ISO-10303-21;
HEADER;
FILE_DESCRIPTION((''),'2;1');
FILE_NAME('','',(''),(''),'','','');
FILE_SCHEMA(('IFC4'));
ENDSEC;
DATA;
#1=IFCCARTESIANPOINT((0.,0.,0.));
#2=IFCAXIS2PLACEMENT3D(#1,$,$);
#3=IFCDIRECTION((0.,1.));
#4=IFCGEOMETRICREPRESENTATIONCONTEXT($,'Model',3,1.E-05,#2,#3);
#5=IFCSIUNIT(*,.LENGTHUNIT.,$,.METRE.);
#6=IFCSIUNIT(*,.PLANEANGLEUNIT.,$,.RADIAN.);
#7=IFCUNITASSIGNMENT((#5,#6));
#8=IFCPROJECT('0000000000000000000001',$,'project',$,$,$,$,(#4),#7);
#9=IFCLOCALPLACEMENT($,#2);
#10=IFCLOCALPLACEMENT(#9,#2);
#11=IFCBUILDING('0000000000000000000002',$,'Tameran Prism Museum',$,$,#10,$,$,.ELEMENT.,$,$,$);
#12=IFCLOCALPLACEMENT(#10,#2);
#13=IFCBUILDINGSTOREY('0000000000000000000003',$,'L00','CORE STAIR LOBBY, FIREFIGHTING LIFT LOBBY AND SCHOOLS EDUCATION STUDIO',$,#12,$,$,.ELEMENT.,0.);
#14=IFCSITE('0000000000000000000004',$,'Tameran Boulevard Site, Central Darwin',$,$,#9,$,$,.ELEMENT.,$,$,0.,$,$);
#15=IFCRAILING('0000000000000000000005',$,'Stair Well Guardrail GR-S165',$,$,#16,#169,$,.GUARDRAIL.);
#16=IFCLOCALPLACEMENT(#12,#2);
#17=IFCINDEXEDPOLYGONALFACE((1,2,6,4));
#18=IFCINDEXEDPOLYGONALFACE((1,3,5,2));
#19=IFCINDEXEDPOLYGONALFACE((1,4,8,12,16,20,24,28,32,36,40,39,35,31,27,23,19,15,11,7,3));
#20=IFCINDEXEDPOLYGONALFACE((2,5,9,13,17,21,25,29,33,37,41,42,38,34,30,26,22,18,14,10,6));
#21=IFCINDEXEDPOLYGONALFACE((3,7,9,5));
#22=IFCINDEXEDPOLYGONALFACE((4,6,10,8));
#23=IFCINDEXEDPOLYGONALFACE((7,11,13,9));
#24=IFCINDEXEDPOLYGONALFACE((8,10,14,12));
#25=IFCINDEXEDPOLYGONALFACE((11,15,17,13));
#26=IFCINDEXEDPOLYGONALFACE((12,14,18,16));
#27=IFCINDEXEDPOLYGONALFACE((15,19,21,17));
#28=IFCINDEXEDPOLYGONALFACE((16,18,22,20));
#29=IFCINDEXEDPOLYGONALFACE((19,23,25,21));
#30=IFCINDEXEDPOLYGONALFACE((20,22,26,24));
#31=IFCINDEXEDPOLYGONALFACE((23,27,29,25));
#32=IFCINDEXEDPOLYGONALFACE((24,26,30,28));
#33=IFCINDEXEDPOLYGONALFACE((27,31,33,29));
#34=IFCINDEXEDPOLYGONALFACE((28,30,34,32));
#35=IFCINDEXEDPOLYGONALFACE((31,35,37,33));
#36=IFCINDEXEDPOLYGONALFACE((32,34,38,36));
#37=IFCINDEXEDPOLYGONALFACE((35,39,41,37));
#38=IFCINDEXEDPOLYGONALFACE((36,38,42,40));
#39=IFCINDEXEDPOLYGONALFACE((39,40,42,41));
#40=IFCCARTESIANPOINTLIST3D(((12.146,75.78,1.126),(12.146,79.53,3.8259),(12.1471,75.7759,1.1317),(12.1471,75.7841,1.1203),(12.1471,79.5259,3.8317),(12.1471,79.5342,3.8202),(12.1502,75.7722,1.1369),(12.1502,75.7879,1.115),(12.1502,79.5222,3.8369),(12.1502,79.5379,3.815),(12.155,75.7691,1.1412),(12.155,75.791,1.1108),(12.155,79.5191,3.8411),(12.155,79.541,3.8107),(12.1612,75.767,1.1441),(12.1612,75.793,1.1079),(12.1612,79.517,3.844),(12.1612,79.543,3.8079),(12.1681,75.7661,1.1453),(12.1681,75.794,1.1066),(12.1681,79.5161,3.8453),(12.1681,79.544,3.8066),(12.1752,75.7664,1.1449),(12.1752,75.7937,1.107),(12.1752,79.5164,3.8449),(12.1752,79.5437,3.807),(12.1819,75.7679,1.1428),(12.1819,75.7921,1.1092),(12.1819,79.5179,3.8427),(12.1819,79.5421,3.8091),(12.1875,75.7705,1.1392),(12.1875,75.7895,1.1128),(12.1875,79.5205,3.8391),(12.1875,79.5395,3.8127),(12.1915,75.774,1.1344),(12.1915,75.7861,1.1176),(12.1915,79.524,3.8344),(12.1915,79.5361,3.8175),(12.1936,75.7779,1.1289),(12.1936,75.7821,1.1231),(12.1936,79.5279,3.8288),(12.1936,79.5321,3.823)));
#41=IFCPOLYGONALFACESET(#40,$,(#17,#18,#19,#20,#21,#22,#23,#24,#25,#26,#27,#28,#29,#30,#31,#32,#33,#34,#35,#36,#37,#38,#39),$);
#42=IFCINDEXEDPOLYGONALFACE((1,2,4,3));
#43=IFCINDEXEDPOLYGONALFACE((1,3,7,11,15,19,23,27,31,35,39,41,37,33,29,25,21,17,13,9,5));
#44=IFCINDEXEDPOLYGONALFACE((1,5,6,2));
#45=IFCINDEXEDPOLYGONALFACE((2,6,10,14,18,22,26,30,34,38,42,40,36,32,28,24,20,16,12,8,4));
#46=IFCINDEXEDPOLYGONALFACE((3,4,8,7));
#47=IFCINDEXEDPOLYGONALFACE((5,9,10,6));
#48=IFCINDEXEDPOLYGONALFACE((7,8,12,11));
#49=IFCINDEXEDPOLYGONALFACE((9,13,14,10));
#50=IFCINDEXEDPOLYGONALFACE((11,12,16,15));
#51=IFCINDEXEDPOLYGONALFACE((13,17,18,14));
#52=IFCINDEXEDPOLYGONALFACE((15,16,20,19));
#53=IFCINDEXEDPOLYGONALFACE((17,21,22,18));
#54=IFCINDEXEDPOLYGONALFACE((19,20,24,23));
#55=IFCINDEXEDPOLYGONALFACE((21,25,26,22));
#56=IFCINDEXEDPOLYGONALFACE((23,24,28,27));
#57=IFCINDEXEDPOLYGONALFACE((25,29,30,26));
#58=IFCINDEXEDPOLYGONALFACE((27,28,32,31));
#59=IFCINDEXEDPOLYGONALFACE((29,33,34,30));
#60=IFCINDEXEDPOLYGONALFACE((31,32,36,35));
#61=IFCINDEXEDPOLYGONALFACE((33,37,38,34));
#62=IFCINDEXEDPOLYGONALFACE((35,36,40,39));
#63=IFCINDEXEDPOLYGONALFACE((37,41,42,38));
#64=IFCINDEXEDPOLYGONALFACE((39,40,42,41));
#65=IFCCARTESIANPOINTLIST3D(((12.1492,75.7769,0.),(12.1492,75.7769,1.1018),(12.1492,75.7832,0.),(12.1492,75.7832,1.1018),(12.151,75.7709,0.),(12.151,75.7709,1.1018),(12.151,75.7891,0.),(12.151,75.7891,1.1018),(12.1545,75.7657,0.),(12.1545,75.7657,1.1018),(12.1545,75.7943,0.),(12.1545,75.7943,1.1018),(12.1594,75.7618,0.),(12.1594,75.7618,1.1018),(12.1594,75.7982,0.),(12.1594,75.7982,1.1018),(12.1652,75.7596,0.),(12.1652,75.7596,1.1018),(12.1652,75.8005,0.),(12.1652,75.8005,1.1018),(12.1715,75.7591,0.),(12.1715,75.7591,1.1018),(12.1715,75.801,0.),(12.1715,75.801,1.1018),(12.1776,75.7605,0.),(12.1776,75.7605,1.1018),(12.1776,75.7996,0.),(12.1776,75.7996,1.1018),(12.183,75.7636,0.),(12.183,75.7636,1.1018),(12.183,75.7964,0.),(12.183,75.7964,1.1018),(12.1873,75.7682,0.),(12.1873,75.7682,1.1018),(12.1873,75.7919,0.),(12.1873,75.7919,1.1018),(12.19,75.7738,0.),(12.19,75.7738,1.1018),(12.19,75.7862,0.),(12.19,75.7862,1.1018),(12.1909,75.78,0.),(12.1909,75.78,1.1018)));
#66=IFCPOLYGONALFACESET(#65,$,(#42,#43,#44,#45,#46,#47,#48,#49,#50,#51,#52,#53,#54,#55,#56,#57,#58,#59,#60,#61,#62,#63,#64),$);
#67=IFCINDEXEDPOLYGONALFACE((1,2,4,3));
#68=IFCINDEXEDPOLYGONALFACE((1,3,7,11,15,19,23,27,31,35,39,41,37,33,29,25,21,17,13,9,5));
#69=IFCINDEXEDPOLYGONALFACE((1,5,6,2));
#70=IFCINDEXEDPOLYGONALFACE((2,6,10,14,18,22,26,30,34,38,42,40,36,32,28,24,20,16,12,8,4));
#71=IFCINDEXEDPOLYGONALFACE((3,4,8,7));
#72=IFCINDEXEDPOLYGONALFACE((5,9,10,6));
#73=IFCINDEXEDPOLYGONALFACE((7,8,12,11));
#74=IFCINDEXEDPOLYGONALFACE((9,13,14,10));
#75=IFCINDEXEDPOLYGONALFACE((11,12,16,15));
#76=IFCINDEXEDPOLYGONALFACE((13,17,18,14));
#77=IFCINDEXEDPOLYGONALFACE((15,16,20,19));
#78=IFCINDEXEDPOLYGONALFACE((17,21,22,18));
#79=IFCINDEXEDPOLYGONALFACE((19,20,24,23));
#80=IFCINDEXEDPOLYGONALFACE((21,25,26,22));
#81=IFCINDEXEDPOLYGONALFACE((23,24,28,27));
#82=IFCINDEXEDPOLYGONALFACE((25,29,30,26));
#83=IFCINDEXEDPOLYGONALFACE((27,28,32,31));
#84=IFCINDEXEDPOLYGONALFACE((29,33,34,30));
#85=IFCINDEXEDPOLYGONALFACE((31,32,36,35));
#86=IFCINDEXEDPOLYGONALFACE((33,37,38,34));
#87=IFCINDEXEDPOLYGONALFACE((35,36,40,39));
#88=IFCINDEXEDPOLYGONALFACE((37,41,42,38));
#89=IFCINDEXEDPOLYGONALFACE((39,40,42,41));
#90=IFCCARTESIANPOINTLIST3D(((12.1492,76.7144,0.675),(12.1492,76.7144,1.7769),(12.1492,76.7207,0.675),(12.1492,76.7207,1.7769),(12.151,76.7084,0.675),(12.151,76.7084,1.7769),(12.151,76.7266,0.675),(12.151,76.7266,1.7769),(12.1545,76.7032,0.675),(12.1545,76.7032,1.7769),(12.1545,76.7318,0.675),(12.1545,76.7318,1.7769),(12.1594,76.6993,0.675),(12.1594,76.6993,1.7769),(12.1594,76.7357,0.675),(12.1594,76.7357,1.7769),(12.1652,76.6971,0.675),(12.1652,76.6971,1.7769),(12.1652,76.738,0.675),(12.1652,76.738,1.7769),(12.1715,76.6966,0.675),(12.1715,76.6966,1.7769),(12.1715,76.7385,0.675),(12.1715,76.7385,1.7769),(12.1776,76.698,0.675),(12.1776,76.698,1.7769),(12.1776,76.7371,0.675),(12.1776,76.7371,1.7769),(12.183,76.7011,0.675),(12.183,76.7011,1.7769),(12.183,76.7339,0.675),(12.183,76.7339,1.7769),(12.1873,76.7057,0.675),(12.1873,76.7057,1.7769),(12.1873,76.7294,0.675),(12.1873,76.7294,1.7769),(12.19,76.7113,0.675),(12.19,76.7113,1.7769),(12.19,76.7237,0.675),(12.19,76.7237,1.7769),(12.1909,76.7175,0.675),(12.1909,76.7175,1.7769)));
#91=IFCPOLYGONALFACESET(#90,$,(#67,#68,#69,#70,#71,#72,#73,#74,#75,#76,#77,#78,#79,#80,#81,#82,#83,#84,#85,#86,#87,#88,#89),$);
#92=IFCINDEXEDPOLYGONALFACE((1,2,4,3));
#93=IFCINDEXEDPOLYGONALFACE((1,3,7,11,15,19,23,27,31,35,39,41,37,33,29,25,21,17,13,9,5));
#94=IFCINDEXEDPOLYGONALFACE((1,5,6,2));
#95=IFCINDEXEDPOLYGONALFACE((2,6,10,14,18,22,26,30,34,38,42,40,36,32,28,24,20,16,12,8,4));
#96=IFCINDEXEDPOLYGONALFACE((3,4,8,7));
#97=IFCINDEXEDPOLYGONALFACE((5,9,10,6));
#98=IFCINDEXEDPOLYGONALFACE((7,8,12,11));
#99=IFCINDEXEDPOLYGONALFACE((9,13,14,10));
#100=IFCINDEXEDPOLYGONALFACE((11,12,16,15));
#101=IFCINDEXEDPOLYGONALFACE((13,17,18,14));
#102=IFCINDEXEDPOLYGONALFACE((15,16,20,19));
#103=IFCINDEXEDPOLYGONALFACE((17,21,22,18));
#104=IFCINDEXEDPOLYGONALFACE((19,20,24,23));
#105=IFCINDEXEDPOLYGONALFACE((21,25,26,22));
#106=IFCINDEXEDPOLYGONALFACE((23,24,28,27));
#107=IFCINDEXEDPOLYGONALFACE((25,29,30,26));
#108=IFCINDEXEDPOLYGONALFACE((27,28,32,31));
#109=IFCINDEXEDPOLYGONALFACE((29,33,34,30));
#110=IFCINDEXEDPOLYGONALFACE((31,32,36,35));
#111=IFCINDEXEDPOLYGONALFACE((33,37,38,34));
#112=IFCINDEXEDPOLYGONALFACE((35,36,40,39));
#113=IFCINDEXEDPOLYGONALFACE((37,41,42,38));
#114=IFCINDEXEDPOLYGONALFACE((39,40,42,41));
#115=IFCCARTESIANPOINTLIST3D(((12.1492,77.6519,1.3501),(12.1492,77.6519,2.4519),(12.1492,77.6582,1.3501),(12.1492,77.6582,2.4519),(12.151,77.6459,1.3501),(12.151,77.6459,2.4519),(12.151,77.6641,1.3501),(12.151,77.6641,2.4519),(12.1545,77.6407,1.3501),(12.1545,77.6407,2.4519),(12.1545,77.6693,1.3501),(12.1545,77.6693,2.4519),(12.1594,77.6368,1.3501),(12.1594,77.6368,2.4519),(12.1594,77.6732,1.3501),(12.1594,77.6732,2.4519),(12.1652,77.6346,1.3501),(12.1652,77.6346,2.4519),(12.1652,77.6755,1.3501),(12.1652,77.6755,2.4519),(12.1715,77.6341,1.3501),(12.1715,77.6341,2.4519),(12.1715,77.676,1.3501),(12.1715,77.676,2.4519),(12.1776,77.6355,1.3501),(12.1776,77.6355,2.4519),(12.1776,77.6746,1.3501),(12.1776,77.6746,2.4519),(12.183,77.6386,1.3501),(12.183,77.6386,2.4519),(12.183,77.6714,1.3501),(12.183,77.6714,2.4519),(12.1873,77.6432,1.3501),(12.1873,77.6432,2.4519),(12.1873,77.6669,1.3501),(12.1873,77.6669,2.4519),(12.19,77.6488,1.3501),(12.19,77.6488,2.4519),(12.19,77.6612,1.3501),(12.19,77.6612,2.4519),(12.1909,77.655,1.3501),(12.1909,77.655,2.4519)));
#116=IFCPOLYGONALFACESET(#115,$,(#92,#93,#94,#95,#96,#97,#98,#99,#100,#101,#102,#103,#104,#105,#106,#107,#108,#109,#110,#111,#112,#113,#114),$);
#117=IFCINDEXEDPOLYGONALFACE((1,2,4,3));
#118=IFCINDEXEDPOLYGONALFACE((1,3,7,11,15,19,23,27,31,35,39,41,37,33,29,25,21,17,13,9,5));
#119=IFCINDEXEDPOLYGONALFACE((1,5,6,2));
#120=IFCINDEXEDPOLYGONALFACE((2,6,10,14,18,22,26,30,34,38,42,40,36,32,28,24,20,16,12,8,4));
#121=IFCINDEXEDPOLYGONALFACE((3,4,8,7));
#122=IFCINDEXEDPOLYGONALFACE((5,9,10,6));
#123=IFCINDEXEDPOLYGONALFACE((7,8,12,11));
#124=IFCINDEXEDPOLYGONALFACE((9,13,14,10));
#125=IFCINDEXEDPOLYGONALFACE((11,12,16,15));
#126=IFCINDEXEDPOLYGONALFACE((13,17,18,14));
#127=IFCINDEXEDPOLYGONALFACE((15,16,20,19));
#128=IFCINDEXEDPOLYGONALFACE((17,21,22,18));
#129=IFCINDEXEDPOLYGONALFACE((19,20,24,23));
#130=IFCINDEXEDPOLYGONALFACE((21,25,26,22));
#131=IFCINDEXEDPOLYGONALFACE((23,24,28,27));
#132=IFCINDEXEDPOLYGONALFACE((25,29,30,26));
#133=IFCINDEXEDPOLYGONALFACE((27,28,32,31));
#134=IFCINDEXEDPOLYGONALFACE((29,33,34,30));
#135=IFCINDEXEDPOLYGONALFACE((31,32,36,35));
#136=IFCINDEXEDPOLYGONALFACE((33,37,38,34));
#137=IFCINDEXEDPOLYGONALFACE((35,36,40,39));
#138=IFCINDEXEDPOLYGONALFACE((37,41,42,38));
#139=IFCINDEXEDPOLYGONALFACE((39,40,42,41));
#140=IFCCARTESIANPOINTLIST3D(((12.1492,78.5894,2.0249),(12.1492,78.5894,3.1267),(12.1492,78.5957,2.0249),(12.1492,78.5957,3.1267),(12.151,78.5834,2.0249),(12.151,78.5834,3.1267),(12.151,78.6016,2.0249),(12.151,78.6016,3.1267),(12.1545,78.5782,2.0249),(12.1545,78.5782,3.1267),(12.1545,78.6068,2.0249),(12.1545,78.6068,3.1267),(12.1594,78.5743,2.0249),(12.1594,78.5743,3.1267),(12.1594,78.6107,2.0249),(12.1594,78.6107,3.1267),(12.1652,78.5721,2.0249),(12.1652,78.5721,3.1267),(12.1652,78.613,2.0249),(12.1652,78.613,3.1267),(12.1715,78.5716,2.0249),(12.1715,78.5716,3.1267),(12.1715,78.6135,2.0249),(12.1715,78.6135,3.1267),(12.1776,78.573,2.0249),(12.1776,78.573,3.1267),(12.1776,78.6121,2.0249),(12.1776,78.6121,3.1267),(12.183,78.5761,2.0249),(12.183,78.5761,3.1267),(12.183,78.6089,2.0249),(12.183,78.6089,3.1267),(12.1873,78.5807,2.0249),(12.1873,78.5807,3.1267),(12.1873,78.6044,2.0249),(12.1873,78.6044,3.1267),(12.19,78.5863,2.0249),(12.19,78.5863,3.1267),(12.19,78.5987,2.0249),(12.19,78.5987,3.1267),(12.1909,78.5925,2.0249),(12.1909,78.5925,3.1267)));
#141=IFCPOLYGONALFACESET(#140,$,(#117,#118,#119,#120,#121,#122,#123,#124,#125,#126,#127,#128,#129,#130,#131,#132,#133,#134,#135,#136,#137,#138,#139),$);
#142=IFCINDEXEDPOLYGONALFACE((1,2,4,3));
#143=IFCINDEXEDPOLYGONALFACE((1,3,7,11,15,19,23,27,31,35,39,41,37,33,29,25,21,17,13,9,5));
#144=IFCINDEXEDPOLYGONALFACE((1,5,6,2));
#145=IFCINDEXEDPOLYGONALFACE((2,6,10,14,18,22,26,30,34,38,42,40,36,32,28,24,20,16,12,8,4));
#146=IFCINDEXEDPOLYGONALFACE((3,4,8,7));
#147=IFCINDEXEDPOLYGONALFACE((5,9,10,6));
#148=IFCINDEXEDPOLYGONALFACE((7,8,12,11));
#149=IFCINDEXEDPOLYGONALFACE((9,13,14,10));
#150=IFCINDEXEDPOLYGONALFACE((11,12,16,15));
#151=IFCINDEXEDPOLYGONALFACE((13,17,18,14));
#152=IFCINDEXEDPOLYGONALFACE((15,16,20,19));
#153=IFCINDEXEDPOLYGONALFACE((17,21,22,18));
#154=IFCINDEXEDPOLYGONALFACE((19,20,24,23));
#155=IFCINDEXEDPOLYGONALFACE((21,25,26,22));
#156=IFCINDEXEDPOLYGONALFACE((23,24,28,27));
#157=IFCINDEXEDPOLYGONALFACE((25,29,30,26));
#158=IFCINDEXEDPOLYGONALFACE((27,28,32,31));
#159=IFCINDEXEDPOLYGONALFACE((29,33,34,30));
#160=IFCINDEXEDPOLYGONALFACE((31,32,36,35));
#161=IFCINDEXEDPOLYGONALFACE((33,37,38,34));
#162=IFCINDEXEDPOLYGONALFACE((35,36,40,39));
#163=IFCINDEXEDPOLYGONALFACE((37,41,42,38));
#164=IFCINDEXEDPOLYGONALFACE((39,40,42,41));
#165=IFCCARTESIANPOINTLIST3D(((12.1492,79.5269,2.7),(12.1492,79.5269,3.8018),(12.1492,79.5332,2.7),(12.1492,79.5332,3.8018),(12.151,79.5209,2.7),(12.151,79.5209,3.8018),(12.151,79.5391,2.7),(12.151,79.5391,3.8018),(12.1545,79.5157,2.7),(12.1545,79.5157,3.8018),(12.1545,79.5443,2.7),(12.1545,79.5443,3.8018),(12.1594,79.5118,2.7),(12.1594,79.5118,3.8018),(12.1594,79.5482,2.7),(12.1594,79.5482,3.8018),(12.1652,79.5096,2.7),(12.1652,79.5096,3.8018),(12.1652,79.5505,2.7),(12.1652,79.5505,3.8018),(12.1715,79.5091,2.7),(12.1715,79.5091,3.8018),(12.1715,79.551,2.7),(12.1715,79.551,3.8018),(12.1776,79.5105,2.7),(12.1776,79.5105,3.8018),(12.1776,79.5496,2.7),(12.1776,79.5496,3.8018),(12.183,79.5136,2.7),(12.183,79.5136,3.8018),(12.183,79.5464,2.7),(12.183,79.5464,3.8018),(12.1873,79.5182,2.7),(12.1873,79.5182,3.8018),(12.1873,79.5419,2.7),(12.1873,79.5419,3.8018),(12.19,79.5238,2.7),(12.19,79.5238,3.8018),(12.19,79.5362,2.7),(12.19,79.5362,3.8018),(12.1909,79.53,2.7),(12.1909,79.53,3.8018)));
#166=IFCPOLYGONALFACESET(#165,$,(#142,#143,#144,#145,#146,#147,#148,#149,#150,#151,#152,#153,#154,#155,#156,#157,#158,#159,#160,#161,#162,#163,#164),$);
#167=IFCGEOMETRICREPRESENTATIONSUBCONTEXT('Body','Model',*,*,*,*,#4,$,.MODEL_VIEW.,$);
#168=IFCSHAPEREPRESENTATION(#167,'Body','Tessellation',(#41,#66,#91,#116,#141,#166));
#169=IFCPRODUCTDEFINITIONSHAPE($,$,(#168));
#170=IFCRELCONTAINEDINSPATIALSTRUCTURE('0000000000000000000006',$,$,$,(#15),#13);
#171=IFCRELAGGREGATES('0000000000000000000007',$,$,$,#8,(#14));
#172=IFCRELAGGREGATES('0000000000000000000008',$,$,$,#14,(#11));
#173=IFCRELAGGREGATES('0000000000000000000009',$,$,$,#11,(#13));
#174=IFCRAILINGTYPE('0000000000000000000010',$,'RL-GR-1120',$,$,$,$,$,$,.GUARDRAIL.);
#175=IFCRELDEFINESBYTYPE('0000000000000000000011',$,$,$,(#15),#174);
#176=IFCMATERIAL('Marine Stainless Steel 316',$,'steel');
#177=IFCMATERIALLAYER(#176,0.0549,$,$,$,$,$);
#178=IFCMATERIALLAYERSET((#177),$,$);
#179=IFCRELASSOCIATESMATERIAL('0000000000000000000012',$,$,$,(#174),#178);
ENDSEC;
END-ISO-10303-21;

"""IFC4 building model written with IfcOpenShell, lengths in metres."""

from ifc_helpers import new_model, si_unit, direction, frame, origin, origin_2d, place, context, subcontext, project, spatial, circle, extrude, material, layer, layer_set, type_object, element, save


model = new_model("IFC4")

# Units and contexts
model_context = context("Model", 3, precision=1e-05, world=origin(), true_north=direction((0.0, 1.0)))
body_context = subcontext(model_context, "Body", "Model", "MODEL_VIEW")
ifc_project = project(units=[si_unit("LENGTHUNIT", "METRE"), si_unit("PLANEANGLEUNIT", "RADIAN")], contexts=[model_context])

# Site, building, storey
site_placement = place(None, origin())
site = spatial("IfcSite", under=ifc_project, at=site_placement, Name="Tameran Boulevard Site, Central Darwin", CompositionType="ELEMENT", RefElevation=0.0)
building_placement = place(site_placement, origin())
building = spatial("IfcBuilding", under=site, at=building_placement, Name="Tameran Prism Museum", CompositionType="ELEMENT")
storey_placement = place(building_placement, origin())
storey = spatial("IfcBuildingStorey", under=building, at=storey_placement, Name="L00", Description="CORE STAIR LOBBY, FIREFIGHTING LIFT LOBBY AND SCHOOLS EDUCATION STUDIO", CompositionType="ELEMENT", Elevation=0.0)

# Railing
ifc_material_1 = material(Name="Marine Stainless Steel 316", Category="steel")
ifc_layer_1 = layer(ifc_material_1, 0.0549)
ifc_layer_set_1 = layer_set([ifc_layer_1])
railing_type_1 = type_object("IfcRailingType", Name="RL-GR-1120", PredefinedType="GUARDRAIL", material=ifc_layer_set_1)
railing_1_placement = place(storey_placement, frame((12.1699, 75.78, 0.0)))
element("IfcRailing", 1, at=railing_1_placement, inside=storey, type_object=railing_type_1, Name="Stair Well Guardrail GR-S165", PredefinedType="GUARDRAIL", context=body_context, shape_type="SweptSolid", body=[
    extrude(circle(Radius=0.0239, at=origin_2d()), frame((0.0, 0.0, 1.126), z_axis=(0.0, 0.811539, 0.584298), x_axis=(-1.0, 0.0, 0.0)), (0.0, 0.0, 1.0), 4.6208),
    extrude(circle(Radius=0.021, at=origin_2d()), origin(), (0.0, 0.0, 1.0), 1.1018),
    extrude(circle(Radius=0.021, at=origin_2d()), frame((0.0, 0.9375, 0.675)), (0.0, 0.0, 1.0), 1.1018),
    extrude(circle(Radius=0.021, at=origin_2d()), frame((0.0, 1.875, 1.3501)), (0.0, 0.0, 1.0), 1.1018),
    extrude(circle(Radius=0.021, at=origin_2d()), frame((0.0, 2.8125, 2.0249)), (0.0, 0.0, 1.0), 1.1018),
    extrude(circle(Radius=0.021, at=origin_2d()), frame((0.0, 3.75, 2.7)), (0.0, 0.0, 1.0), 1.1018),
])

save(model, "model.ifc")
